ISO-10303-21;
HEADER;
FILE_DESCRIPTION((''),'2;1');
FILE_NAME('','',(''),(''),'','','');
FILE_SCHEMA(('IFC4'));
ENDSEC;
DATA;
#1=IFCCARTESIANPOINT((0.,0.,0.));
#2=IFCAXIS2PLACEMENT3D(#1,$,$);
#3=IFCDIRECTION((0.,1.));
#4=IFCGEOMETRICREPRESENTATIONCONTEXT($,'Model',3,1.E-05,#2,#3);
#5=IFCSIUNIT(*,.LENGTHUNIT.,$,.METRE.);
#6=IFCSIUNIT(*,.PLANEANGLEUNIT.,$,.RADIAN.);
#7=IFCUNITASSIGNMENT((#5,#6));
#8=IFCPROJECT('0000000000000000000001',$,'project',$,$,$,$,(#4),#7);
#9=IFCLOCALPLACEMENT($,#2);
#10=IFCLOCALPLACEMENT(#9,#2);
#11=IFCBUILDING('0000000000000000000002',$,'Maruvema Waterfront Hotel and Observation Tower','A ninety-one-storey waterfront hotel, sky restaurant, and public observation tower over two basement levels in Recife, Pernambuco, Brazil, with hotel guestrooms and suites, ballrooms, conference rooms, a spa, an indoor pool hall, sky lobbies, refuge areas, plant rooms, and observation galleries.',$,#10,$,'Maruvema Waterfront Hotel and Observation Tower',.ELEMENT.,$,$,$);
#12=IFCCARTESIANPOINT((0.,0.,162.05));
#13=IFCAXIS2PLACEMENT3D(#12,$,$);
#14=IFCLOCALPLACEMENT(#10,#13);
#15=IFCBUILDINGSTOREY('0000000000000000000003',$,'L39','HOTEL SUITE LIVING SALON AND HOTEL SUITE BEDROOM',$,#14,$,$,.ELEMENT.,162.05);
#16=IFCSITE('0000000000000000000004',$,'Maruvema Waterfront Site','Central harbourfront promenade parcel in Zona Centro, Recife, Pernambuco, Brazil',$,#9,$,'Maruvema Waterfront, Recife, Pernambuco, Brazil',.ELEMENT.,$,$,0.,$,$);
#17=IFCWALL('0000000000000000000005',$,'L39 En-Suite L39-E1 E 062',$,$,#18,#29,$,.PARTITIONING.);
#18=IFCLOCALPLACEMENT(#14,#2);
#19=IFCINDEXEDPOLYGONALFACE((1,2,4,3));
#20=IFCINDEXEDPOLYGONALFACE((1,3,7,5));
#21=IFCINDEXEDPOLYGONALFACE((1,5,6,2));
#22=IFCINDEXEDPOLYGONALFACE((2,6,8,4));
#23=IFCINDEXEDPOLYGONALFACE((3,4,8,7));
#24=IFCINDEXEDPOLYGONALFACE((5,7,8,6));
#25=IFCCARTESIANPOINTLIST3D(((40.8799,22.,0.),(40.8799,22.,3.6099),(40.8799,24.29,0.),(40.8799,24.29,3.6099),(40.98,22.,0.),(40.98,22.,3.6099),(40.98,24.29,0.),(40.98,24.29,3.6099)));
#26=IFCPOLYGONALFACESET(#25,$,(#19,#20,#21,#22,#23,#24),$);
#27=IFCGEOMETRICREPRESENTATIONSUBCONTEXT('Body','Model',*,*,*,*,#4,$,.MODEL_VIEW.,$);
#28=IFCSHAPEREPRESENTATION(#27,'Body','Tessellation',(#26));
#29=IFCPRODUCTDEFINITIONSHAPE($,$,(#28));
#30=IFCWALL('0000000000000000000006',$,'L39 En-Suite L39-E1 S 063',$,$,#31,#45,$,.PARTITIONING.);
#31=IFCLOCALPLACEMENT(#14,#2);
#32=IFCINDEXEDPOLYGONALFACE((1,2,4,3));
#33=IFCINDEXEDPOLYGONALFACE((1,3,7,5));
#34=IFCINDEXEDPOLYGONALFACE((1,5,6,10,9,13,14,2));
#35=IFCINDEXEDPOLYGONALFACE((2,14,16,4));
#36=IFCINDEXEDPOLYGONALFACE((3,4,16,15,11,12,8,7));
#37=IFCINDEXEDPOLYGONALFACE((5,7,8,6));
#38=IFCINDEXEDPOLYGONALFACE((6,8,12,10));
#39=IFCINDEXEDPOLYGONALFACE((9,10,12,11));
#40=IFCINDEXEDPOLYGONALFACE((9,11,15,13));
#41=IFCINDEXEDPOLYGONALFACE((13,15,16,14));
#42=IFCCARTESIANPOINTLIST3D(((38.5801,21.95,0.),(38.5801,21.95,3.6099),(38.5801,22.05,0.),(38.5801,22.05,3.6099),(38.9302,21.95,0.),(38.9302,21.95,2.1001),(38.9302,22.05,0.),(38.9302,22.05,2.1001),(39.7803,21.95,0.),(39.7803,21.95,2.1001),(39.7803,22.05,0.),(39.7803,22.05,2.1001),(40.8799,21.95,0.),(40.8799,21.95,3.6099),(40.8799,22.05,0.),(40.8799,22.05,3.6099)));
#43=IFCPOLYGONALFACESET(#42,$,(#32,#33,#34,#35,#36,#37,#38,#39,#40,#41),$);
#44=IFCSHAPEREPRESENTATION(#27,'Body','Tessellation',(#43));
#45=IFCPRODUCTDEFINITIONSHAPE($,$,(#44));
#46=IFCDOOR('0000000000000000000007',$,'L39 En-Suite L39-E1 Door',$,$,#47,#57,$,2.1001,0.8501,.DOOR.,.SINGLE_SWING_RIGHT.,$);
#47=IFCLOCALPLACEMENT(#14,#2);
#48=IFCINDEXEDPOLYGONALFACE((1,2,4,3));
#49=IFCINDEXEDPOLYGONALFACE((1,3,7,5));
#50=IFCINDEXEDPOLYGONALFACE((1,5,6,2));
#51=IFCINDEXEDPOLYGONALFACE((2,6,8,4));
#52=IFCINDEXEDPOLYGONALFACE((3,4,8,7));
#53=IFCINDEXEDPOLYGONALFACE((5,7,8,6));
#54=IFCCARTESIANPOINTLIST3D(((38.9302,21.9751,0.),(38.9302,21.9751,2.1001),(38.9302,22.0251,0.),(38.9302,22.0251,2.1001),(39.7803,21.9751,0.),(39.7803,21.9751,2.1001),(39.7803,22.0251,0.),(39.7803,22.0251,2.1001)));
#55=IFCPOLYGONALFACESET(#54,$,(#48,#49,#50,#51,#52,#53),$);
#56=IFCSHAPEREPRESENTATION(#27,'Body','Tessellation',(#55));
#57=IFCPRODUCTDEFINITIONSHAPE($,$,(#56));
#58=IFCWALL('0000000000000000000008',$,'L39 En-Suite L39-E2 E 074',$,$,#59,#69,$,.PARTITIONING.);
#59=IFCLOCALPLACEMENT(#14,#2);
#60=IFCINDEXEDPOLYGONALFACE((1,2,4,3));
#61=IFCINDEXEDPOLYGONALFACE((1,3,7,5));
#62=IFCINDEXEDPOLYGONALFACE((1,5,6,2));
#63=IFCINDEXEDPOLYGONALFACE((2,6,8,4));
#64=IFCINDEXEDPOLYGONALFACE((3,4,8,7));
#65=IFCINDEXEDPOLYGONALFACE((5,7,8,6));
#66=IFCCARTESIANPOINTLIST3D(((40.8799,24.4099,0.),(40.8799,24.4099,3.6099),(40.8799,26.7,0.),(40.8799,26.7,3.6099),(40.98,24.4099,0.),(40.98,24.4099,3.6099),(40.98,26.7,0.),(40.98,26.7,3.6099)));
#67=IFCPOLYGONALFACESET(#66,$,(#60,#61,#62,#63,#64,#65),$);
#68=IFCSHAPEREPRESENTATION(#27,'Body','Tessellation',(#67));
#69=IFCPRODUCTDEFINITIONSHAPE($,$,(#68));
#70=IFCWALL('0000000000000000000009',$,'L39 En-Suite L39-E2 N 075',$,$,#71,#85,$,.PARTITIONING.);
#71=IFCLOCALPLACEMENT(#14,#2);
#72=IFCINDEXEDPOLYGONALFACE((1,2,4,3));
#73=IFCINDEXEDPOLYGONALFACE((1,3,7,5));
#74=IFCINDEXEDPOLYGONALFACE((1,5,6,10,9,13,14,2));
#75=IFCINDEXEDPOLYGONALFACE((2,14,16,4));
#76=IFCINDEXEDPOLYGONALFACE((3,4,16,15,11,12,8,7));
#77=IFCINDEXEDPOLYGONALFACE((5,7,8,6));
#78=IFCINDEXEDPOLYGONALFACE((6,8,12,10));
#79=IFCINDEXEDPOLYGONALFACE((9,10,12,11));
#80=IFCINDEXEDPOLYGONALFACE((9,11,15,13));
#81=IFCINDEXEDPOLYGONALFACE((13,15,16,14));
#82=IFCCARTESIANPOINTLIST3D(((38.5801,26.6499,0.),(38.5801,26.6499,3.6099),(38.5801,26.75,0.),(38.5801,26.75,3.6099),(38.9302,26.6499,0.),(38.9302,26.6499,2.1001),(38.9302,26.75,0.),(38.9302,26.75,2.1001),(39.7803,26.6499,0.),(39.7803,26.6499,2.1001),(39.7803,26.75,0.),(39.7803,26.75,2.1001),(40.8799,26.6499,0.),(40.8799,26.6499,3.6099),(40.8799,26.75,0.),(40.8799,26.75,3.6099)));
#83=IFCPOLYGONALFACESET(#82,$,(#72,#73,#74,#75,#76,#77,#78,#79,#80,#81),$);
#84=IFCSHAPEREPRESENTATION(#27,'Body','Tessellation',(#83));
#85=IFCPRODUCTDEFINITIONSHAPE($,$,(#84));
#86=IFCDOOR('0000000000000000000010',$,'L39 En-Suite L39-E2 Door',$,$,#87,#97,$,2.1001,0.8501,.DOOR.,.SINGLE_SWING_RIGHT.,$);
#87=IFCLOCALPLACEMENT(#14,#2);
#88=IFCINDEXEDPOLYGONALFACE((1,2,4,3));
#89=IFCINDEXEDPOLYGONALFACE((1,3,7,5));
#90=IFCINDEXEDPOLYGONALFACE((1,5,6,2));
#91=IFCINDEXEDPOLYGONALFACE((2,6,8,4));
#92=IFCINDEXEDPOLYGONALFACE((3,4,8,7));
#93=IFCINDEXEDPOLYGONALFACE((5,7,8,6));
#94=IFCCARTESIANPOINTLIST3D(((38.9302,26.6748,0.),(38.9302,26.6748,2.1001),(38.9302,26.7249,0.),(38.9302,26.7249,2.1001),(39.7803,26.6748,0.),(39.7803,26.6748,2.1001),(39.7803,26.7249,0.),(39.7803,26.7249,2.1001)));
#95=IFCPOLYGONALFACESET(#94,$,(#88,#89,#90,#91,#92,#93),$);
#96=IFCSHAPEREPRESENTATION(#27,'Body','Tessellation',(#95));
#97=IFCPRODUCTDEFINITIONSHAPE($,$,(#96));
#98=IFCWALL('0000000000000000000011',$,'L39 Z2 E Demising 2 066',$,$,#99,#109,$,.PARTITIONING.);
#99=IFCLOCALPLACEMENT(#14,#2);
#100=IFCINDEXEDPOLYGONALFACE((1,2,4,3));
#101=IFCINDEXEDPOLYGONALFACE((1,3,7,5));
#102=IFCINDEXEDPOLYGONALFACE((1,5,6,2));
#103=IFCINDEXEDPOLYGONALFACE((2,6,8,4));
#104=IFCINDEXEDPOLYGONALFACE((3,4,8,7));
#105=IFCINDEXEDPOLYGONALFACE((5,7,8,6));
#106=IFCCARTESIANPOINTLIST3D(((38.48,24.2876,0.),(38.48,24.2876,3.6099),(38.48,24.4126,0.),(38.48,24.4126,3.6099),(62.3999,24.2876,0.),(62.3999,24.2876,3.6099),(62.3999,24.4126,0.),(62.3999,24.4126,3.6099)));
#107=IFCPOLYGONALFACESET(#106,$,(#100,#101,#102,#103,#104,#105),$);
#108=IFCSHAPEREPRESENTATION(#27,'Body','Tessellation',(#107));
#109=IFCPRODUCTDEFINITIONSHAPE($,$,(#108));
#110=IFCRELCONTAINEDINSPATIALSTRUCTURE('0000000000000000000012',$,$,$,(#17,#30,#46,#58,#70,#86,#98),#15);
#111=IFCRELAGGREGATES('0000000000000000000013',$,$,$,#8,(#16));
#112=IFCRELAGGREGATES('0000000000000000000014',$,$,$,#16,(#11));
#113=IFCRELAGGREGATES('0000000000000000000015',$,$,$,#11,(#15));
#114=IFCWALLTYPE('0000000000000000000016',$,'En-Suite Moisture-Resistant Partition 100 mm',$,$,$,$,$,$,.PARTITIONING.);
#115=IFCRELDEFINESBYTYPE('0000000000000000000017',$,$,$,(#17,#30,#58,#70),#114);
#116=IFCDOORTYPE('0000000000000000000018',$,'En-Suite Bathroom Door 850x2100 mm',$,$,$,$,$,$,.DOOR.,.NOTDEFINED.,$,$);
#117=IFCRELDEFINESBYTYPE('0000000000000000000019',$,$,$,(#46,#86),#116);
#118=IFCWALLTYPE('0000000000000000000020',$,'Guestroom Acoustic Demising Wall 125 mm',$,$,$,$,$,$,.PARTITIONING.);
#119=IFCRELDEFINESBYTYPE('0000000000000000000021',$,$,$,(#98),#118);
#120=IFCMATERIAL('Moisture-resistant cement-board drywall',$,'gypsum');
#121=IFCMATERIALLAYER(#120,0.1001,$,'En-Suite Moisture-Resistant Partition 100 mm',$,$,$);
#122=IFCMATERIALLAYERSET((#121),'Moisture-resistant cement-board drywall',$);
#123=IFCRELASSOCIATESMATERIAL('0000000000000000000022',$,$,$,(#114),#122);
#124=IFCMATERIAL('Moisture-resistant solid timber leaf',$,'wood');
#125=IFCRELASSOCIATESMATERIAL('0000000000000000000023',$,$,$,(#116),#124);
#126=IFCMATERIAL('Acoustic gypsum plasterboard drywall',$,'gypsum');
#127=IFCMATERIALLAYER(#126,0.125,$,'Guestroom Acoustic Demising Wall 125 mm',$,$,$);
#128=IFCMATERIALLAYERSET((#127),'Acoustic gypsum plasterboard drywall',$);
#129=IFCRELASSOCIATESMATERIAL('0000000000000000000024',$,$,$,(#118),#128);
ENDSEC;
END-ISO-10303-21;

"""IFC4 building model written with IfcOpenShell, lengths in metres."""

from ifc_helpers import new_model, si_unit, direction, frame, frame_2d, origin, place, context, subcontext, project, spatial, rectangle, extrude, material, layer, layer_set, type_object, element, fill, save


model = new_model("IFC4")

# Units and contexts
model_context = context("Model", 3, precision=1e-05, world=origin(), true_north=direction((0.0, 1.0)))
body_context = subcontext(model_context, "Body", "Model", "MODEL_VIEW")
ifc_project = project(units=[si_unit("LENGTHUNIT", "METRE"), si_unit("PLANEANGLEUNIT", "RADIAN")], contexts=[model_context])

# Site, building, storey
site_placement = place(None, origin())
site = spatial("IfcSite", under=ifc_project, at=site_placement, Name="Maruvema Waterfront Site", Description="Central harbourfront promenade parcel in Zona Centro, Recife, Pernambuco, Brazil", LongName="Maruvema Waterfront, Recife, Pernambuco, Brazil", CompositionType="ELEMENT", RefElevation=0.0)
building_placement = place(site_placement, origin())
building = spatial("IfcBuilding", under=site, at=building_placement, Name="Maruvema Waterfront Hotel and Observation Tower", Description="A ninety-one-storey waterfront hotel, sky restaurant, and public observation tower over two basement levels in Recife, Pernambuco, Brazil, with hotel guestrooms and suites, ballrooms, conference rooms, a spa, an indoor pool hall, sky lobbies, refuge areas, plant rooms, and observation galleries.", LongName="Maruvema Waterfront Hotel and Observation Tower", CompositionType="ELEMENT")
storey_placement = place(building_placement, frame((0.0, 0.0, 162.05)))
storey = spatial("IfcBuildingStorey", under=building, at=storey_placement, Name="L39", Description="HOTEL SUITE LIVING SALON AND HOTEL SUITE BEDROOM", CompositionType="ELEMENT", Elevation=162.05)

# Wall
ifc_material_1 = material(Name="Moisture-resistant cement-board drywall", Category="gypsum")
ifc_layer_1 = layer(ifc_material_1, 0.1001, Name="En-Suite Moisture-Resistant Partition 100 mm")
ifc_layer_set_1 = layer_set([ifc_layer_1], Name="Moisture-resistant cement-board drywall")
wall_type_1 = type_object("IfcWallType", Name="En-Suite Moisture-Resistant Partition 100 mm", PredefinedType="PARTITIONING", material=ifc_layer_set_1)
wall_1_placement = place(storey_placement, frame((40.9299, 22.0, 0.0), z_axis=(0.0, 0.0, 1.0), x_axis=(0.0, 1.0, 0.0)))
element("IfcWall", 1, at=wall_1_placement, inside=storey, type_object=wall_type_1, Name="L39 En-Suite L39-E1 E 062", PredefinedType="PARTITIONING", context=body_context, shape_type="SweptSolid", body=[
    extrude(rectangle(XDim=2.29, YDim=0.1001, at=frame_2d((1.145, 0.0))), origin(), (0.0, 0.0, 1.0), 3.6099),
])

# Wall, opening, door
wall_2_placement = place(storey_placement, frame((38.5801, 22.0, 0.0), z_axis=(0.0, 0.0, 1.0), x_axis=(1.0, 0.0, 0.0)))
wall_2 = element("IfcWall", 2, at=wall_2_placement, inside=storey, type_object=wall_type_1, Name="L39 En-Suite L39-E1 S 063", PredefinedType="PARTITIONING", context=body_context, shape_type="SweptSolid", body=[
    extrude(rectangle(XDim=2.2998, YDim=0.1001, at=frame_2d((1.1499, 0.0))), origin(), (0.0, 0.0, 1.0), 3.6099),
])
opening_1_placement = place(wall_2_placement, frame((0.3501, 0.0, 0.0)))
opening_1 = element("IfcOpeningElement", 3, at=opening_1_placement, cuts=wall_2, PredefinedType="OPENING", context=body_context, shape_type="SweptSolid", body=[
    extrude(rectangle(XDim=0.8501, YDim=2.1001, at=frame_2d((0.425, 1.05))), frame((0.0, 0.0601, 0.0), z_axis=(0.0, -1.0, 0.0), x_axis=(1.0, 0.0, 0.0)), (0.0, 0.0, 1.0), 0.1201),
])
ifc_material_2 = material(Name="Moisture-resistant solid timber leaf", Category="wood")
door_type_1 = type_object("IfcDoorType", Name="En-Suite Bathroom Door 850x2100 mm", OperationType="NOTDEFINED", PredefinedType="DOOR", material=ifc_material_2)
door_1_placement = place(opening_1_placement, frame((0.8501, 0.0, 0.0), z_axis=(0.0, 0.0, 1.0), x_axis=(-1.0, 0.0, 0.0)))
door_1 = element("IfcDoor", 4, at=door_1_placement, inside=storey, type_object=door_type_1, Name="L39 En-Suite L39-E1 Door", OperationType="SINGLE_SWING_RIGHT", OverallHeight=2.1001, OverallWidth=0.8501, PredefinedType="DOOR", context=body_context, shape_type="SweptSolid", body=[
    extrude(rectangle(XDim=0.8501, YDim=2.1001, at=frame_2d((0.425, 1.05))), frame((0.0, 0.0249, 0.0), z_axis=(0.0, -1.0, 0.0), x_axis=(1.0, 0.0, 0.0)), (0.0, 0.0, 1.0), 0.05),
])
fill(opening_1, door_1)

# Wall
wall_3_placement = place(storey_placement, frame((40.9299, 24.4099, 0.0), z_axis=(0.0, 0.0, 1.0), x_axis=(0.0, 1.0, 0.0)))
element("IfcWall", 5, at=wall_3_placement, inside=storey, type_object=wall_type_1, Name="L39 En-Suite L39-E2 E 074", PredefinedType="PARTITIONING", context=body_context, shape_type="SweptSolid", body=[
    extrude(rectangle(XDim=2.29, YDim=0.1001, at=frame_2d((1.145, 0.0))), origin(), (0.0, 0.0, 1.0), 3.6099),
])

# Wall, opening, door
wall_4_placement = place(storey_placement, frame((38.5801, 26.7, 0.0), z_axis=(0.0, 0.0, 1.0), x_axis=(1.0, 0.0, 0.0)))
wall_4 = element("IfcWall", 6, at=wall_4_placement, inside=storey, type_object=wall_type_1, Name="L39 En-Suite L39-E2 N 075", PredefinedType="PARTITIONING", context=body_context, shape_type="SweptSolid", body=[
    extrude(rectangle(XDim=2.2998, YDim=0.1001, at=frame_2d((1.1499, 0.0))), origin(), (0.0, 0.0, 1.0), 3.6099),
])
opening_2_placement = place(wall_4_placement, frame((0.3501, 0.0, 0.0)))
opening_2 = element("IfcOpeningElement", 7, at=opening_2_placement, cuts=wall_4, PredefinedType="OPENING", context=body_context, shape_type="SweptSolid", body=[
    extrude(rectangle(XDim=0.8501, YDim=2.1001, at=frame_2d((0.425, 1.05))), frame((0.0, 0.0601, 0.0), z_axis=(0.0, -1.0, 0.0), x_axis=(1.0, 0.0, 0.0)), (0.0, 0.0, 1.0), 0.1201),
])
door_2_placement = place(opening_2_placement, origin())
door_2 = element("IfcDoor", 8, at=door_2_placement, inside=storey, type_object=door_type_1, Name="L39 En-Suite L39-E2 Door", OperationType="SINGLE_SWING_RIGHT", OverallHeight=2.1001, OverallWidth=0.8501, PredefinedType="DOOR", context=body_context, shape_type="SweptSolid", body=[
    extrude(rectangle(XDim=0.8501, YDim=2.1001, at=frame_2d((0.425, 1.05))), frame((0.0, 0.0249, 0.0), z_axis=(0.0, -1.0, 0.0), x_axis=(1.0, 0.0, 0.0)), (0.0, 0.0, 1.0), 0.05),
])
fill(opening_2, door_2)

# Wall
ifc_material_3 = material(Name="Acoustic gypsum plasterboard drywall", Category="gypsum")
ifc_layer_2 = layer(ifc_material_3, 0.125, Name="Guestroom Acoustic Demising Wall 125 mm")
ifc_layer_set_2 = layer_set([ifc_layer_2], Name="Acoustic gypsum plasterboard drywall")
wall_type_2 = type_object("IfcWallType", Name="Guestroom Acoustic Demising Wall 125 mm", PredefinedType="PARTITIONING", material=ifc_layer_set_2)
wall_5_placement = place(storey_placement, frame((38.48, 24.3501, 0.0), z_axis=(0.0, 0.0, 1.0), x_axis=(1.0, 0.0, 0.0)))
element("IfcWall", 9, at=wall_5_placement, inside=storey, type_object=wall_type_2, Name="L39 Z2 E Demising 2 066", PredefinedType="PARTITIONING", context=body_context, shape_type="SweptSolid", body=[
    extrude(rectangle(XDim=23.9199, YDim=0.125, at=frame_2d((11.96, 0.0))), origin(), (0.0, 0.0, 1.0), 3.6099),
])

save(model, "model.ifc")
